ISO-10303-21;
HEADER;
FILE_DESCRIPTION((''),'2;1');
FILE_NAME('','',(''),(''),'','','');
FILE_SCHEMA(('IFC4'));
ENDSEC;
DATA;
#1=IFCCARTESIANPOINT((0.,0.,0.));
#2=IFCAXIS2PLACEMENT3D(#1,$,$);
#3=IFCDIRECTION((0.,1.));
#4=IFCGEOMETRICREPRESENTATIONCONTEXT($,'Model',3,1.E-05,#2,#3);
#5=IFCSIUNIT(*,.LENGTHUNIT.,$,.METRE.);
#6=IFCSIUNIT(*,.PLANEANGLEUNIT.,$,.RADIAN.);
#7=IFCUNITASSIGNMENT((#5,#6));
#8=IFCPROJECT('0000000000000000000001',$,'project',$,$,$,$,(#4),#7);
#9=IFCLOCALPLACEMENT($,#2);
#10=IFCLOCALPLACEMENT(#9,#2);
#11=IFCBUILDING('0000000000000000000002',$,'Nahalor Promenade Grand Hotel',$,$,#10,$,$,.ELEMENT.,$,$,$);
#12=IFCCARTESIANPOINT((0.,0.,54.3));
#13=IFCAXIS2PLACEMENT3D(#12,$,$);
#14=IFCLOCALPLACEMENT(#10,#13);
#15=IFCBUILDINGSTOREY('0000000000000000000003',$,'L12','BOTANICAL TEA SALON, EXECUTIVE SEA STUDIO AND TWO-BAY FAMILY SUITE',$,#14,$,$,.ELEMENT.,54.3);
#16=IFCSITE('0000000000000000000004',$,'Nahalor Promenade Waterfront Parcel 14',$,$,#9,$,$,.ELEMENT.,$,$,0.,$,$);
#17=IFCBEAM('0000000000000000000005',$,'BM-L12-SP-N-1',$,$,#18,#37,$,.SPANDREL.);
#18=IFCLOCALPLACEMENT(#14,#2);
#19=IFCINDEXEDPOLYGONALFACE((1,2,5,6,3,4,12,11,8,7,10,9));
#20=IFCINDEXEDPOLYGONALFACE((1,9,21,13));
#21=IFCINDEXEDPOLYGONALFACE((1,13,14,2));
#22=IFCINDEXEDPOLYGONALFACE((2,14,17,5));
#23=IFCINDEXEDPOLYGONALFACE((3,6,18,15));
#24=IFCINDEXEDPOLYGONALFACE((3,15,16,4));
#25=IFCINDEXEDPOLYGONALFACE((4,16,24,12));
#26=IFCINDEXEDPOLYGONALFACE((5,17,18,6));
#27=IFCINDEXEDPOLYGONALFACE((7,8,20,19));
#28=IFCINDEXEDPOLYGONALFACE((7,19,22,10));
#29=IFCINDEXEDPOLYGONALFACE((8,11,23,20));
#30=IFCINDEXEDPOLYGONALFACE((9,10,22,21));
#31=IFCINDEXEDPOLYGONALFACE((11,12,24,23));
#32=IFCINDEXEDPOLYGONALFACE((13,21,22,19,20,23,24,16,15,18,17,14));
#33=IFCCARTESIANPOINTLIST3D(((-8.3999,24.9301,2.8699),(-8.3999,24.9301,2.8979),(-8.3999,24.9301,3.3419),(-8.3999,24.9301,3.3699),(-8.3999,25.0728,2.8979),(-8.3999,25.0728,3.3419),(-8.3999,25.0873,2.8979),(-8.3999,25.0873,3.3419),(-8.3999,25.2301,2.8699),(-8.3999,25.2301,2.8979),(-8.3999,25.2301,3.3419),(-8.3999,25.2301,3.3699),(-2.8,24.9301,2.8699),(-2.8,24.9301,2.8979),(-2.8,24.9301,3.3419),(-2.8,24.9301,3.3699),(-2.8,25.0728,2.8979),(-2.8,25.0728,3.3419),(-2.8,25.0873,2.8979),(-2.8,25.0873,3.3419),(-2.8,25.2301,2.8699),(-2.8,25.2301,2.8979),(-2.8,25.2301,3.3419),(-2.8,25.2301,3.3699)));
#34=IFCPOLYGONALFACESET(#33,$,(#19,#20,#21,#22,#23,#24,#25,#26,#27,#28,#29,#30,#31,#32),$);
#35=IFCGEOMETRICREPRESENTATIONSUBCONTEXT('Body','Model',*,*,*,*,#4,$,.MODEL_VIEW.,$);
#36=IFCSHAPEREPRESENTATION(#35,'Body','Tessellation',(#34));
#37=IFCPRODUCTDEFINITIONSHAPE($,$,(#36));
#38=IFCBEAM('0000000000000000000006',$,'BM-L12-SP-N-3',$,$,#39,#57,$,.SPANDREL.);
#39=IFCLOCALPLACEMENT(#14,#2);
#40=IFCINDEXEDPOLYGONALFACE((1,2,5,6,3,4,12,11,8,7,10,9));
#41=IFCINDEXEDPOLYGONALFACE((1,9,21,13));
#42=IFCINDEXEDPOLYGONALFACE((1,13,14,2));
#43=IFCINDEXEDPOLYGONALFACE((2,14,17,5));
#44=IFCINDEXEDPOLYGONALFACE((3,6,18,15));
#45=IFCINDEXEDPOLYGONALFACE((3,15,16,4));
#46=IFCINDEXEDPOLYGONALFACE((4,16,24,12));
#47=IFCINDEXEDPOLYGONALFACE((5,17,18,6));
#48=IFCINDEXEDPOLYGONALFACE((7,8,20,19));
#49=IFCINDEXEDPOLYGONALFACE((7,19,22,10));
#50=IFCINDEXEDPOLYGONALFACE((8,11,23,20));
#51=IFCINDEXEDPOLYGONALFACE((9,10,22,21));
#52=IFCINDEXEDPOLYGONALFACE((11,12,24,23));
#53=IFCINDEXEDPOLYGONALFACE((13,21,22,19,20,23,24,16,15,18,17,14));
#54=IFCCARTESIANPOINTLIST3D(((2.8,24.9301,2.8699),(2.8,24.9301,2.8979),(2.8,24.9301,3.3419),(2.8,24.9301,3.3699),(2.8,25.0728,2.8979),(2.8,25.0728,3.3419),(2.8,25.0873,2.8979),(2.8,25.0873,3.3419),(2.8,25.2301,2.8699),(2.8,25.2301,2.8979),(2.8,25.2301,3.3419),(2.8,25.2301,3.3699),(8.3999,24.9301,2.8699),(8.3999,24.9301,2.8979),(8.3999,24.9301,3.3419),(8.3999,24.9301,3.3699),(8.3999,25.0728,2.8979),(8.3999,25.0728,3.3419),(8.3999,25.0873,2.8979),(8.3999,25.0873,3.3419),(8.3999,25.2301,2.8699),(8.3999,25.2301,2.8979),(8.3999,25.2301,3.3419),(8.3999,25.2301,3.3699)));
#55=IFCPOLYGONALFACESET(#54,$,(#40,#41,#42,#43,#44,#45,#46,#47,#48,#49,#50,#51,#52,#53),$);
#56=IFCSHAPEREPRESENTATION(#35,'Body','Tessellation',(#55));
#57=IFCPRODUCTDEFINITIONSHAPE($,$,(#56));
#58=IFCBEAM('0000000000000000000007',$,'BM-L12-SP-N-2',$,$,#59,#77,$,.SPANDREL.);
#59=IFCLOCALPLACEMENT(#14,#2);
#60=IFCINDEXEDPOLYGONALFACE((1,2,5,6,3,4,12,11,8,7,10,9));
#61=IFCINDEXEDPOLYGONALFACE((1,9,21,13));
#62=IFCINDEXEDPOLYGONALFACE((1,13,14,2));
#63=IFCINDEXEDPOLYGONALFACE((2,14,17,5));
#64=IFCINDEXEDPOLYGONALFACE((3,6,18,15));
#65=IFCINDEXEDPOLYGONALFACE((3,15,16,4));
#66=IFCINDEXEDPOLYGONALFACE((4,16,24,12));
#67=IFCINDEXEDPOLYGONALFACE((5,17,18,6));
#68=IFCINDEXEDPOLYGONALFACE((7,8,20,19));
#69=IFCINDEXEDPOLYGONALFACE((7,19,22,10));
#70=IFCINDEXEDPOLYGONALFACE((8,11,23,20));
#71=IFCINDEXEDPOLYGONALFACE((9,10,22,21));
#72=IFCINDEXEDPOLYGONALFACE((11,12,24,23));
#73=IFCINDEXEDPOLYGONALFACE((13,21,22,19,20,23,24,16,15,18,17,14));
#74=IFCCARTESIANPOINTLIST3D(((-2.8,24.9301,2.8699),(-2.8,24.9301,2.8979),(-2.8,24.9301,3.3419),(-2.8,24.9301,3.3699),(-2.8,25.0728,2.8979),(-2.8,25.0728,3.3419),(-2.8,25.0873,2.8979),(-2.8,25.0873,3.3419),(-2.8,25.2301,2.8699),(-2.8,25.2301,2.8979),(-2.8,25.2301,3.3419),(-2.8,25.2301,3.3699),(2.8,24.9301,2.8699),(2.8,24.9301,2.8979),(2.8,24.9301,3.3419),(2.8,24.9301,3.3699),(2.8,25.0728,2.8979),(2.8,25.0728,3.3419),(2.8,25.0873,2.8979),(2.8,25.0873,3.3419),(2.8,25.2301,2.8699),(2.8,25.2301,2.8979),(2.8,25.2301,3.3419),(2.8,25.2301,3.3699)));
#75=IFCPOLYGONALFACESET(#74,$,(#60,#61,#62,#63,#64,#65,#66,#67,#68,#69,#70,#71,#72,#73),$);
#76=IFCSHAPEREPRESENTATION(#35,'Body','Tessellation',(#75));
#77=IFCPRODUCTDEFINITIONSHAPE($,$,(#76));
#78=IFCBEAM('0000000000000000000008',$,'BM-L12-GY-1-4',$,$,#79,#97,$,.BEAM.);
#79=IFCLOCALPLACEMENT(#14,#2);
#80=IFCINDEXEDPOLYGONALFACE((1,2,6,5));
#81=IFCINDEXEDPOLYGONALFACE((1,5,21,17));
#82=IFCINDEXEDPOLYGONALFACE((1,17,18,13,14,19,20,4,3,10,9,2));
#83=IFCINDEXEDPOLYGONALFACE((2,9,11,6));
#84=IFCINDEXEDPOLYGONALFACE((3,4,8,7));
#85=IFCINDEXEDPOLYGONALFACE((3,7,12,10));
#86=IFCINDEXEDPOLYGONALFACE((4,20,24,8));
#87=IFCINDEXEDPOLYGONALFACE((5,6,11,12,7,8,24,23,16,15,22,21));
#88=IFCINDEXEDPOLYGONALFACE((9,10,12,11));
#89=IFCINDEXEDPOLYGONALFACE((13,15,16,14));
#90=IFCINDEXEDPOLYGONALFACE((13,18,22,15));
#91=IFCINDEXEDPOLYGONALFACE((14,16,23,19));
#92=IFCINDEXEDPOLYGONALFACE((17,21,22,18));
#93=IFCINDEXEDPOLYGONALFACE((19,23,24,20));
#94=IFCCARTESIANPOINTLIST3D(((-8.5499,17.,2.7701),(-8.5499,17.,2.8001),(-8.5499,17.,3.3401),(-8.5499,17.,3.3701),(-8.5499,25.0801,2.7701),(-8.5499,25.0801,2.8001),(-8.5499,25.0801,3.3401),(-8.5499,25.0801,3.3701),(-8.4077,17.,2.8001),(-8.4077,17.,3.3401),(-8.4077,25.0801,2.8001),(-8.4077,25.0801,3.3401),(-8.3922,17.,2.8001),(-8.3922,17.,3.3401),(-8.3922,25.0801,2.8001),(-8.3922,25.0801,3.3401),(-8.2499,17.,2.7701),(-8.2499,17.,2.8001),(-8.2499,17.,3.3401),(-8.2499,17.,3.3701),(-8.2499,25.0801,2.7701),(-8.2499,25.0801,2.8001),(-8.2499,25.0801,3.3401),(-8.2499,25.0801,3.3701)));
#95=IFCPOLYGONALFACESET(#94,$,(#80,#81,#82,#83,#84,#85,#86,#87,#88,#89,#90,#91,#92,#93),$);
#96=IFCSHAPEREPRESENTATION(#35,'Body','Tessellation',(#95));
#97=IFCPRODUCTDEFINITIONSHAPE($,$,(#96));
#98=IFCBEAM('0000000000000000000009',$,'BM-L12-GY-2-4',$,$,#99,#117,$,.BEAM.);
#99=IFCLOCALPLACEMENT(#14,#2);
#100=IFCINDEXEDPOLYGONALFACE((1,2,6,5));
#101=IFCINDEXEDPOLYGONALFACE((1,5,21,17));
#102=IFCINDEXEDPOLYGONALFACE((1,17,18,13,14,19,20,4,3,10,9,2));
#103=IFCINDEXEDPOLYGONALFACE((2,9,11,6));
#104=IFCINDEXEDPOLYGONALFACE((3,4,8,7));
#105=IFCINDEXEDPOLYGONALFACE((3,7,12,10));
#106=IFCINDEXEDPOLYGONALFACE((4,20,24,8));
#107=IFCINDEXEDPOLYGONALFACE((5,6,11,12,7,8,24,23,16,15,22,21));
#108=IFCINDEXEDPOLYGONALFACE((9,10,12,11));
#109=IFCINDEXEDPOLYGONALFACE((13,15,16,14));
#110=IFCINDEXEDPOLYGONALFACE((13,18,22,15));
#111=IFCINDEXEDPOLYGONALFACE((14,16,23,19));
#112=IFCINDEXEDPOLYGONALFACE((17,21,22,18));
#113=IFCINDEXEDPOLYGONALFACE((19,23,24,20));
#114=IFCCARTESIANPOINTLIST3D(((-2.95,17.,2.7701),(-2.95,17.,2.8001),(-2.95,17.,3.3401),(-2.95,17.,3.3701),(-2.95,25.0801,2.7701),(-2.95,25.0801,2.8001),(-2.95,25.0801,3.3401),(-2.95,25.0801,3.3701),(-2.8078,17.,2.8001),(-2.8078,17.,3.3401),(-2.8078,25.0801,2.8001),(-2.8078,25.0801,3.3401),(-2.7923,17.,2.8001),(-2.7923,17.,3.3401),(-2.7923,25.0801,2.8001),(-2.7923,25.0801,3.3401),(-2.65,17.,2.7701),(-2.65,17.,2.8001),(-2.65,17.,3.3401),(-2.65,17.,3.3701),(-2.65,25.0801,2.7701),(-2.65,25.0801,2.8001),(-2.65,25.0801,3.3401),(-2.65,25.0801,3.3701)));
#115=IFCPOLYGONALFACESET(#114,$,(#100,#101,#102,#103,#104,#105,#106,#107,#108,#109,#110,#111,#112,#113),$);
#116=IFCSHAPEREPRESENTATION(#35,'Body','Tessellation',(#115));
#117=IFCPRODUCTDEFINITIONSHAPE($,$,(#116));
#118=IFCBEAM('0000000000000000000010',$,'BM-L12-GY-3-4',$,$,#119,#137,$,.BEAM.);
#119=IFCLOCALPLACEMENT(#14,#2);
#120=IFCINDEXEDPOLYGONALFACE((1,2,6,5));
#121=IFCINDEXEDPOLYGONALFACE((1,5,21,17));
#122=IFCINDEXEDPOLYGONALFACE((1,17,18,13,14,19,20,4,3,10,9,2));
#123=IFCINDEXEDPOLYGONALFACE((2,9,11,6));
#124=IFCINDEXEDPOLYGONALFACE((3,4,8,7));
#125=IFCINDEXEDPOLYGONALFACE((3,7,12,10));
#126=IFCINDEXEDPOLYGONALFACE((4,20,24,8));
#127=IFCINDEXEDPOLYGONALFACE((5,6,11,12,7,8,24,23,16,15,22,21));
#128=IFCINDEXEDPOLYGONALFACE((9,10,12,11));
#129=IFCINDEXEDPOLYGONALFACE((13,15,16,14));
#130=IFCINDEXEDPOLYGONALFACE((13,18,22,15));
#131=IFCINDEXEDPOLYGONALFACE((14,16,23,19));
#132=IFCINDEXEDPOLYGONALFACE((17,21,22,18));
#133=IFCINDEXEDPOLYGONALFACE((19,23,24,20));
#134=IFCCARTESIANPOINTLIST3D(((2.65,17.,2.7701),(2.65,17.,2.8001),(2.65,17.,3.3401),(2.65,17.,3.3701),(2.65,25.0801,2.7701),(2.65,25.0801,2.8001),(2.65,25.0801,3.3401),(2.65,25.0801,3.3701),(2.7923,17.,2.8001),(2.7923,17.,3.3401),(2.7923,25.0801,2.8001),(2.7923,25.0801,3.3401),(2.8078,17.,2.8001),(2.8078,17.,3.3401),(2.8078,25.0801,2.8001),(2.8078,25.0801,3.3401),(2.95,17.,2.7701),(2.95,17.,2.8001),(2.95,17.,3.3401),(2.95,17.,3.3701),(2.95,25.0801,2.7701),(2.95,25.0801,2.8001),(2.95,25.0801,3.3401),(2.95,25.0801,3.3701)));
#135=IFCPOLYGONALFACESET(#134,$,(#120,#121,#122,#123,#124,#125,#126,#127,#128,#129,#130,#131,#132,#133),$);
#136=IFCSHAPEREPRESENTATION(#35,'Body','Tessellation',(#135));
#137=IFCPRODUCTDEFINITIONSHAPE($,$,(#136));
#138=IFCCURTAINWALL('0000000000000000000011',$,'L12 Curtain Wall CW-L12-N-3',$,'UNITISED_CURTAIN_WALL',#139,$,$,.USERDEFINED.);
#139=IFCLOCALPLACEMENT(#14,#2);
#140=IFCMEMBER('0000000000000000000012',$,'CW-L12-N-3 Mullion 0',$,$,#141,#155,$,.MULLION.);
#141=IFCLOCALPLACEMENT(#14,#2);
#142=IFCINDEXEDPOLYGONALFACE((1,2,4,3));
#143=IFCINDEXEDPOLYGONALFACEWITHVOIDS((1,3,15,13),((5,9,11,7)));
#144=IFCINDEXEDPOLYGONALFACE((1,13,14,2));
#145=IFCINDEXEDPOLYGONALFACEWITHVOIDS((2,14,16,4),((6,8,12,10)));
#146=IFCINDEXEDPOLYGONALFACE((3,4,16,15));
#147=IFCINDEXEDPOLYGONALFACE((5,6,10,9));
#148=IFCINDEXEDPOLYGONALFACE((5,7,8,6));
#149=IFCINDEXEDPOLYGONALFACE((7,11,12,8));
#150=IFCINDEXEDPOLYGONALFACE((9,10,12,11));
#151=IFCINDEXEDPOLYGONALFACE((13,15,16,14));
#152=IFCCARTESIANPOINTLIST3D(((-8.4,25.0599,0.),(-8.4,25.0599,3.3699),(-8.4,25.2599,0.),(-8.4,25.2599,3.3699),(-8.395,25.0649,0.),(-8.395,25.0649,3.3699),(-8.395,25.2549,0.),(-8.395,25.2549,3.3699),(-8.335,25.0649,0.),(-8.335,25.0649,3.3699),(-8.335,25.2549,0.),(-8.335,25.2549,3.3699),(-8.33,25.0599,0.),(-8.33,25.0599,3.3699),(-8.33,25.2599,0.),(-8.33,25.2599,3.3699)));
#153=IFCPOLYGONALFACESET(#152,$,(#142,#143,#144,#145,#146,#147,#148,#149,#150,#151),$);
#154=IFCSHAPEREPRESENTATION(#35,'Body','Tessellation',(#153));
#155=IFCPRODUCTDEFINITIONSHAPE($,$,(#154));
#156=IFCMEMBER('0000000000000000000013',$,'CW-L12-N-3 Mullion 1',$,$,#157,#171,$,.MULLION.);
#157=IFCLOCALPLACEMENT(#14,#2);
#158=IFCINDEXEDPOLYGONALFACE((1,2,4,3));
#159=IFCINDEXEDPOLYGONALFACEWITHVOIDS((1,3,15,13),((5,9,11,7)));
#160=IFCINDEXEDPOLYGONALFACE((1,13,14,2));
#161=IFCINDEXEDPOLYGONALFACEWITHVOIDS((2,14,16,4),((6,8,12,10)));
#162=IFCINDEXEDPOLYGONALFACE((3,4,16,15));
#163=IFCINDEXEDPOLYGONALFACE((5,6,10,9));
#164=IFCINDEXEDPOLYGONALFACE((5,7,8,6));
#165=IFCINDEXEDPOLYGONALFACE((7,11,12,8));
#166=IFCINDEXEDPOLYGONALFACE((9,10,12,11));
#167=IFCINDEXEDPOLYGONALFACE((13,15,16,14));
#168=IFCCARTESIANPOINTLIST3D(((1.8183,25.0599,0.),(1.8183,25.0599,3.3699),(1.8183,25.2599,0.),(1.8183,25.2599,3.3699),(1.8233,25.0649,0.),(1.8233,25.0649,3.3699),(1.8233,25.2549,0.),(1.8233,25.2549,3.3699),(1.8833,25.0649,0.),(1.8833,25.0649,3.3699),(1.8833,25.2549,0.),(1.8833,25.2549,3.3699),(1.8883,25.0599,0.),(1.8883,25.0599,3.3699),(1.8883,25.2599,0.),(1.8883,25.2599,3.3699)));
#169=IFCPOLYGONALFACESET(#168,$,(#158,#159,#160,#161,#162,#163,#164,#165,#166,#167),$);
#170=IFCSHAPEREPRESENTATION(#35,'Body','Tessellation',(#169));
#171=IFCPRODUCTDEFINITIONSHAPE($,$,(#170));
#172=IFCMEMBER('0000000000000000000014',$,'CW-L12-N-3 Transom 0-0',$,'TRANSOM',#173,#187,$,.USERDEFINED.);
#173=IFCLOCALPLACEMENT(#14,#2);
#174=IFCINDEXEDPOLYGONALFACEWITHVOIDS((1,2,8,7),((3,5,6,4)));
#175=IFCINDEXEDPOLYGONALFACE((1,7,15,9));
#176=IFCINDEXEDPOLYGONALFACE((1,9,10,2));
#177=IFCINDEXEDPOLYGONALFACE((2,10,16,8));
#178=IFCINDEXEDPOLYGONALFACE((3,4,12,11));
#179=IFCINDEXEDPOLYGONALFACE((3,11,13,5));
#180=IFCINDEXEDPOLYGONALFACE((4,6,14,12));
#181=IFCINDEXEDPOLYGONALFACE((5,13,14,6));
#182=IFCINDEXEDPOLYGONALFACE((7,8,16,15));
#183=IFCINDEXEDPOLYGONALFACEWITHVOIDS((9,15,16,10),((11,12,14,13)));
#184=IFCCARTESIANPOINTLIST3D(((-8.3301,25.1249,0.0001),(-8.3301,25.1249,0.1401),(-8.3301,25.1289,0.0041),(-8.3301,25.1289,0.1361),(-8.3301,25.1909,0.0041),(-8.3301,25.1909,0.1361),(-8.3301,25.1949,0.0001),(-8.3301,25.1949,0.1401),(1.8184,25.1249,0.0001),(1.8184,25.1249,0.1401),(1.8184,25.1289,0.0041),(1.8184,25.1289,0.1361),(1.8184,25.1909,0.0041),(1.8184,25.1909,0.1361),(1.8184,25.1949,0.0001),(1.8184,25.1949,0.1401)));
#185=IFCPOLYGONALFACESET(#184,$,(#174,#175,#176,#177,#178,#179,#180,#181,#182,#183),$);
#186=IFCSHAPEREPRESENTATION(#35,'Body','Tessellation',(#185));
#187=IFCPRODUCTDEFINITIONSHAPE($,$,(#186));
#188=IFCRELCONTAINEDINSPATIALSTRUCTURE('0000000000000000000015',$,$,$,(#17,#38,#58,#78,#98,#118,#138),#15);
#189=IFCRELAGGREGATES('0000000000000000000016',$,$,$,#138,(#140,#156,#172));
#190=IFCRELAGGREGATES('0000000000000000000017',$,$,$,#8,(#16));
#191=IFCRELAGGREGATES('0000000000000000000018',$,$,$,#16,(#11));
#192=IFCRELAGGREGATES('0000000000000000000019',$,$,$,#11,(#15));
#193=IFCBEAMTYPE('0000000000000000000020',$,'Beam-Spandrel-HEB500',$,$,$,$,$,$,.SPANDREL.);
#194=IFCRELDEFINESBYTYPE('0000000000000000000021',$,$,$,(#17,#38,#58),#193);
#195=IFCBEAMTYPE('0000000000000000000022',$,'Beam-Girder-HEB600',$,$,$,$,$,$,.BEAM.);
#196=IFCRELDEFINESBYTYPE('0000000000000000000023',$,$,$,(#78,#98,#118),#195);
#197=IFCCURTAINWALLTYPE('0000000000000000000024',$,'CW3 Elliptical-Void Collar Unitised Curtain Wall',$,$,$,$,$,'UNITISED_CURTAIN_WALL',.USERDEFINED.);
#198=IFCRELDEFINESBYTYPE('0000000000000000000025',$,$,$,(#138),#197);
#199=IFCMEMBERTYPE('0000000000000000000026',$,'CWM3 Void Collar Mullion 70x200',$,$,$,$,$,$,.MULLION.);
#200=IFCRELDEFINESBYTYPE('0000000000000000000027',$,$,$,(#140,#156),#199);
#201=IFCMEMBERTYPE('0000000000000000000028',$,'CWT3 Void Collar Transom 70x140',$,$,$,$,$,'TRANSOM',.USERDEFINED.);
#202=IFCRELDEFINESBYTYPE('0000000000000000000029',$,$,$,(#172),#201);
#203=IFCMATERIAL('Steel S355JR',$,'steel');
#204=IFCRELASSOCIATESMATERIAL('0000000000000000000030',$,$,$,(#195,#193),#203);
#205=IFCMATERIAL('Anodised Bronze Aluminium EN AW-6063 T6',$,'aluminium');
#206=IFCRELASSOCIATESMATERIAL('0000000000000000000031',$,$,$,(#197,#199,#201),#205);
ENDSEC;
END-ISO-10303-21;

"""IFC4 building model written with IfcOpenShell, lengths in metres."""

from ifc_helpers import new_model, si_unit, direction, frame, origin, origin_2d, place, context, subcontext, project, spatial, hollow_rectangle, i_section, extrude, source, transform, mapped, material, material_profile, profile_set, type_object, element, aggregate, save


model = new_model("IFC4")

# Units and contexts
model_context = context("Model", 3, precision=1e-05, world=origin(), true_north=direction((0.0, 1.0)))
body_context = subcontext(model_context, "Body", "Model", "MODEL_VIEW")
ifc_project = project(units=[si_unit("LENGTHUNIT", "METRE"), si_unit("PLANEANGLEUNIT", "RADIAN")], contexts=[model_context])

# Site, building, storey
site_placement = place(None, origin())
site = spatial("IfcSite", under=ifc_project, at=site_placement, Name="Nahalor Promenade Waterfront Parcel 14", CompositionType="ELEMENT", RefElevation=0.0)
building_placement = place(site_placement, origin())
building = spatial("IfcBuilding", under=site, at=building_placement, Name="Nahalor Promenade Grand Hotel", CompositionType="ELEMENT")
storey_placement = place(building_placement, frame((0.0, 0.0, 54.3)))
storey = spatial("IfcBuildingStorey", under=building, at=storey_placement, Name="L12", Description="BOTANICAL TEA SALON, EXECUTIVE SEA STUDIO AND TWO-BAY FAMILY SUITE", CompositionType="ELEMENT", Elevation=54.3)

# Beams
ifc_material_1 = material(Name="Steel S355JR", Category="steel")
ifc_material_profile_1 = material_profile(ifc_material_1, i_section(OverallWidth=0.3, OverallDepth=0.6, WebThickness=0.0155, FlangeThickness=0.03, at=origin_2d()), Name="HEB 600")
ifc_profile_set_1 = profile_set([ifc_material_profile_1], Name="Steel S355JR")
beam_type_1 = type_object("IfcBeamType", Name="Beam-Girder-HEB600", PredefinedType="BEAM", material=ifc_profile_set_1)
ifc_material_profile_2 = material_profile(ifc_material_1, i_section(OverallWidth=0.3, OverallDepth=0.5, WebThickness=0.0145, FlangeThickness=0.028, at=origin_2d()), Name="HEB 500")
ifc_profile_set_2 = profile_set([ifc_material_profile_2], Name="Steel S355JR")
beam_type_2 = type_object("IfcBeamType", Name="Beam-Spandrel-HEB500", PredefinedType="SPANDREL", material=ifc_profile_set_2)
shared_shape_1 = source(origin(), body_context, "Body", "SweptSolid", [
    extrude(i_section(OverallWidth=0.3, OverallDepth=0.5, WebThickness=0.0145, FlangeThickness=0.028, at=origin_2d()), origin(), (0.0, 0.0, 1.0), 5.5999),
])
for number, where, z_axis, x_axis, name in (
    (1, (-8.3999, 25.0801, 3.1199), (1.0, 0.0, 0.0), (0.0, 1.0, 0.0), "BM-L12-SP-N-1"),
    (2, (2.8, 25.0801, 3.1199), (1.0, 0.0, 0.0), (0.0, 1.0, 0.0), "BM-L12-SP-N-3"),
):
    element("IfcBeam", number, at=place(storey_placement, frame(where, z_axis=z_axis, x_axis=x_axis)), inside=storey, type_object=beam_type_2, Name=name, PredefinedType="SPANDREL", context=body_context, shape_type="MappedRepresentation", body=[
        mapped(shared_shape_1, transform((0.0, 0.0, 0.0), scale=1.0)),
    ])
shared_shape_2 = source(origin(), body_context, "Body", "SweptSolid", [
    extrude(i_section(OverallWidth=0.3, OverallDepth=0.5, WebThickness=0.0145, FlangeThickness=0.028, at=origin_2d()), origin(), (0.0, 0.0, 1.0), 5.6001),
])
beam_1_placement = place(storey_placement, frame((-2.8, 25.0801, 3.1199), z_axis=(1.0, 0.0, 0.0), x_axis=(0.0, 1.0, 0.0)))
element("IfcBeam", 3, at=beam_1_placement, inside=storey, type_object=beam_type_2, Name="BM-L12-SP-N-2", PredefinedType="SPANDREL", context=body_context, shape_type="MappedRepresentation", body=[
    mapped(shared_shape_2, transform((0.0, 0.0, 0.0), scale=1.0)),
])
shared_shape_3 = source(origin(), body_context, "Body", "SweptSolid", [
    extrude(i_section(OverallWidth=0.3, OverallDepth=0.6, WebThickness=0.0155, FlangeThickness=0.03, at=origin_2d()), origin(), (0.0, 0.0, 1.0), 8.0801),
])
for number, where, z_axis, x_axis, name in (
    (4, (-8.3999, 17.0, 3.0701), (0.0, 1.0, 0.0), (-1.0, 0.0, 0.0), "BM-L12-GY-1-4"),
    (5, (-2.8, 17.0, 3.0701), (0.0, 1.0, 0.0), (-1.0, 0.0, 0.0), "BM-L12-GY-2-4"),
    (6, (2.8, 17.0, 3.0701), (0.0, 1.0, 0.0), (-1.0, 0.0, 0.0), "BM-L12-GY-3-4"),
):
    element("IfcBeam", number, at=place(storey_placement, frame(where, z_axis=z_axis, x_axis=x_axis)), inside=storey, type_object=beam_type_1, Name=name, PredefinedType="BEAM", context=body_context, shape_type="MappedRepresentation", body=[
        mapped(shared_shape_3, transform((0.0, 0.0, 0.0), scale=1.0)),
    ])

# Curtain wall, members
ifc_material_2 = material(Name="Anodised Bronze Aluminium EN AW-6063 T6", Category="aluminium")
curtain_wall_type = type_object("IfcCurtainWallType", Name="CW3 Elliptical-Void Collar Unitised Curtain Wall", ElementType="UNITISED_CURTAIN_WALL", PredefinedType="USERDEFINED", material=ifc_material_2)
curtain_wall_placement = place(storey_placement, origin())
curtain_wall = element("IfcCurtainWall", 7, at=curtain_wall_placement, inside=storey, type_object=curtain_wall_type, Name="L12 Curtain Wall CW-L12-N-3", ObjectType="UNITISED_CURTAIN_WALL", PredefinedType="USERDEFINED")
ifc_material_profile_3 = material_profile(ifc_material_2, hollow_rectangle(XDim=0.07, YDim=0.2, WallThickness=0.005, at=origin_2d()), Name="CWM 70x200x5")
ifc_profile_set_3 = profile_set([ifc_material_profile_3], Name="Anodised Bronze Aluminium EN AW-6063 T6")
member_type_1 = type_object("IfcMemberType", Name="CWM3 Void Collar Mullion 70x200", PredefinedType="MULLION", material=ifc_profile_set_3)
shared_shape_4 = source(origin(), body_context, "Body", "SweptSolid", [
    extrude(hollow_rectangle(XDim=0.07, YDim=0.2, WallThickness=0.005, at=origin_2d()), origin(), (0.0, 0.0, 1.0), 3.3699),
])
member_1_placement = place(storey_placement, frame((-8.365, 25.1599, 0.0), z_axis=(0.0, 0.0, 1.0), x_axis=(1.0, 0.0, 0.0)))
member_1 = element("IfcMember", 8, at=member_1_placement, type_object=member_type_1, Name="CW-L12-N-3 Mullion 0", PredefinedType="MULLION", context=body_context, shape_type="MappedRepresentation", body=[
    mapped(shared_shape_4, transform((0.0, 0.0, 0.0), scale=1.0)),
])
member_2_placement = place(storey_placement, frame((1.8533, 25.1599, 0.0), z_axis=(0.0, 0.0, 1.0), x_axis=(1.0, 0.0, 0.0)))
member_2 = element("IfcMember", 9, at=member_2_placement, type_object=member_type_1, Name="CW-L12-N-3 Mullion 1", PredefinedType="MULLION", context=body_context, shape_type="MappedRepresentation", body=[
    mapped(shared_shape_4, transform((0.0, 0.0, 0.0), scale=1.0)),
])
ifc_material_profile_4 = material_profile(ifc_material_2, hollow_rectangle(XDim=0.07, YDim=0.14, WallThickness=0.004, at=origin_2d()), Name="CWT 70x140x4")
ifc_profile_set_4 = profile_set([ifc_material_profile_4], Name="Anodised Bronze Aluminium EN AW-6063 T6")
member_type_2 = type_object("IfcMemberType", Name="CWT3 Void Collar Transom 70x140", ElementType="TRANSOM", PredefinedType="USERDEFINED", material=ifc_profile_set_4)
shared_shape_5 = source(origin(), body_context, "Body", "SweptSolid", [
    extrude(hollow_rectangle(XDim=0.07, YDim=0.14, WallThickness=0.004, at=origin_2d()), origin(), (0.0, 0.0, 1.0), 10.1484),
])
member_3_placement = place(storey_placement, frame((-8.3301, 25.1599, 0.0701), z_axis=(1.0, 0.0, 0.0), x_axis=(0.0, 1.0, 0.0)))
member_3 = element("IfcMember", 10, at=member_3_placement, type_object=member_type_2, Name="CW-L12-N-3 Transom 0-0", ObjectType="TRANSOM", PredefinedType="USERDEFINED", context=body_context, shape_type="MappedRepresentation", body=[
    mapped(shared_shape_5, transform((0.0, 0.0, 0.0), scale=1.0)),
])
aggregate(curtain_wall, [member_1, member_2, member_3])

save(model, "model.ifc")
